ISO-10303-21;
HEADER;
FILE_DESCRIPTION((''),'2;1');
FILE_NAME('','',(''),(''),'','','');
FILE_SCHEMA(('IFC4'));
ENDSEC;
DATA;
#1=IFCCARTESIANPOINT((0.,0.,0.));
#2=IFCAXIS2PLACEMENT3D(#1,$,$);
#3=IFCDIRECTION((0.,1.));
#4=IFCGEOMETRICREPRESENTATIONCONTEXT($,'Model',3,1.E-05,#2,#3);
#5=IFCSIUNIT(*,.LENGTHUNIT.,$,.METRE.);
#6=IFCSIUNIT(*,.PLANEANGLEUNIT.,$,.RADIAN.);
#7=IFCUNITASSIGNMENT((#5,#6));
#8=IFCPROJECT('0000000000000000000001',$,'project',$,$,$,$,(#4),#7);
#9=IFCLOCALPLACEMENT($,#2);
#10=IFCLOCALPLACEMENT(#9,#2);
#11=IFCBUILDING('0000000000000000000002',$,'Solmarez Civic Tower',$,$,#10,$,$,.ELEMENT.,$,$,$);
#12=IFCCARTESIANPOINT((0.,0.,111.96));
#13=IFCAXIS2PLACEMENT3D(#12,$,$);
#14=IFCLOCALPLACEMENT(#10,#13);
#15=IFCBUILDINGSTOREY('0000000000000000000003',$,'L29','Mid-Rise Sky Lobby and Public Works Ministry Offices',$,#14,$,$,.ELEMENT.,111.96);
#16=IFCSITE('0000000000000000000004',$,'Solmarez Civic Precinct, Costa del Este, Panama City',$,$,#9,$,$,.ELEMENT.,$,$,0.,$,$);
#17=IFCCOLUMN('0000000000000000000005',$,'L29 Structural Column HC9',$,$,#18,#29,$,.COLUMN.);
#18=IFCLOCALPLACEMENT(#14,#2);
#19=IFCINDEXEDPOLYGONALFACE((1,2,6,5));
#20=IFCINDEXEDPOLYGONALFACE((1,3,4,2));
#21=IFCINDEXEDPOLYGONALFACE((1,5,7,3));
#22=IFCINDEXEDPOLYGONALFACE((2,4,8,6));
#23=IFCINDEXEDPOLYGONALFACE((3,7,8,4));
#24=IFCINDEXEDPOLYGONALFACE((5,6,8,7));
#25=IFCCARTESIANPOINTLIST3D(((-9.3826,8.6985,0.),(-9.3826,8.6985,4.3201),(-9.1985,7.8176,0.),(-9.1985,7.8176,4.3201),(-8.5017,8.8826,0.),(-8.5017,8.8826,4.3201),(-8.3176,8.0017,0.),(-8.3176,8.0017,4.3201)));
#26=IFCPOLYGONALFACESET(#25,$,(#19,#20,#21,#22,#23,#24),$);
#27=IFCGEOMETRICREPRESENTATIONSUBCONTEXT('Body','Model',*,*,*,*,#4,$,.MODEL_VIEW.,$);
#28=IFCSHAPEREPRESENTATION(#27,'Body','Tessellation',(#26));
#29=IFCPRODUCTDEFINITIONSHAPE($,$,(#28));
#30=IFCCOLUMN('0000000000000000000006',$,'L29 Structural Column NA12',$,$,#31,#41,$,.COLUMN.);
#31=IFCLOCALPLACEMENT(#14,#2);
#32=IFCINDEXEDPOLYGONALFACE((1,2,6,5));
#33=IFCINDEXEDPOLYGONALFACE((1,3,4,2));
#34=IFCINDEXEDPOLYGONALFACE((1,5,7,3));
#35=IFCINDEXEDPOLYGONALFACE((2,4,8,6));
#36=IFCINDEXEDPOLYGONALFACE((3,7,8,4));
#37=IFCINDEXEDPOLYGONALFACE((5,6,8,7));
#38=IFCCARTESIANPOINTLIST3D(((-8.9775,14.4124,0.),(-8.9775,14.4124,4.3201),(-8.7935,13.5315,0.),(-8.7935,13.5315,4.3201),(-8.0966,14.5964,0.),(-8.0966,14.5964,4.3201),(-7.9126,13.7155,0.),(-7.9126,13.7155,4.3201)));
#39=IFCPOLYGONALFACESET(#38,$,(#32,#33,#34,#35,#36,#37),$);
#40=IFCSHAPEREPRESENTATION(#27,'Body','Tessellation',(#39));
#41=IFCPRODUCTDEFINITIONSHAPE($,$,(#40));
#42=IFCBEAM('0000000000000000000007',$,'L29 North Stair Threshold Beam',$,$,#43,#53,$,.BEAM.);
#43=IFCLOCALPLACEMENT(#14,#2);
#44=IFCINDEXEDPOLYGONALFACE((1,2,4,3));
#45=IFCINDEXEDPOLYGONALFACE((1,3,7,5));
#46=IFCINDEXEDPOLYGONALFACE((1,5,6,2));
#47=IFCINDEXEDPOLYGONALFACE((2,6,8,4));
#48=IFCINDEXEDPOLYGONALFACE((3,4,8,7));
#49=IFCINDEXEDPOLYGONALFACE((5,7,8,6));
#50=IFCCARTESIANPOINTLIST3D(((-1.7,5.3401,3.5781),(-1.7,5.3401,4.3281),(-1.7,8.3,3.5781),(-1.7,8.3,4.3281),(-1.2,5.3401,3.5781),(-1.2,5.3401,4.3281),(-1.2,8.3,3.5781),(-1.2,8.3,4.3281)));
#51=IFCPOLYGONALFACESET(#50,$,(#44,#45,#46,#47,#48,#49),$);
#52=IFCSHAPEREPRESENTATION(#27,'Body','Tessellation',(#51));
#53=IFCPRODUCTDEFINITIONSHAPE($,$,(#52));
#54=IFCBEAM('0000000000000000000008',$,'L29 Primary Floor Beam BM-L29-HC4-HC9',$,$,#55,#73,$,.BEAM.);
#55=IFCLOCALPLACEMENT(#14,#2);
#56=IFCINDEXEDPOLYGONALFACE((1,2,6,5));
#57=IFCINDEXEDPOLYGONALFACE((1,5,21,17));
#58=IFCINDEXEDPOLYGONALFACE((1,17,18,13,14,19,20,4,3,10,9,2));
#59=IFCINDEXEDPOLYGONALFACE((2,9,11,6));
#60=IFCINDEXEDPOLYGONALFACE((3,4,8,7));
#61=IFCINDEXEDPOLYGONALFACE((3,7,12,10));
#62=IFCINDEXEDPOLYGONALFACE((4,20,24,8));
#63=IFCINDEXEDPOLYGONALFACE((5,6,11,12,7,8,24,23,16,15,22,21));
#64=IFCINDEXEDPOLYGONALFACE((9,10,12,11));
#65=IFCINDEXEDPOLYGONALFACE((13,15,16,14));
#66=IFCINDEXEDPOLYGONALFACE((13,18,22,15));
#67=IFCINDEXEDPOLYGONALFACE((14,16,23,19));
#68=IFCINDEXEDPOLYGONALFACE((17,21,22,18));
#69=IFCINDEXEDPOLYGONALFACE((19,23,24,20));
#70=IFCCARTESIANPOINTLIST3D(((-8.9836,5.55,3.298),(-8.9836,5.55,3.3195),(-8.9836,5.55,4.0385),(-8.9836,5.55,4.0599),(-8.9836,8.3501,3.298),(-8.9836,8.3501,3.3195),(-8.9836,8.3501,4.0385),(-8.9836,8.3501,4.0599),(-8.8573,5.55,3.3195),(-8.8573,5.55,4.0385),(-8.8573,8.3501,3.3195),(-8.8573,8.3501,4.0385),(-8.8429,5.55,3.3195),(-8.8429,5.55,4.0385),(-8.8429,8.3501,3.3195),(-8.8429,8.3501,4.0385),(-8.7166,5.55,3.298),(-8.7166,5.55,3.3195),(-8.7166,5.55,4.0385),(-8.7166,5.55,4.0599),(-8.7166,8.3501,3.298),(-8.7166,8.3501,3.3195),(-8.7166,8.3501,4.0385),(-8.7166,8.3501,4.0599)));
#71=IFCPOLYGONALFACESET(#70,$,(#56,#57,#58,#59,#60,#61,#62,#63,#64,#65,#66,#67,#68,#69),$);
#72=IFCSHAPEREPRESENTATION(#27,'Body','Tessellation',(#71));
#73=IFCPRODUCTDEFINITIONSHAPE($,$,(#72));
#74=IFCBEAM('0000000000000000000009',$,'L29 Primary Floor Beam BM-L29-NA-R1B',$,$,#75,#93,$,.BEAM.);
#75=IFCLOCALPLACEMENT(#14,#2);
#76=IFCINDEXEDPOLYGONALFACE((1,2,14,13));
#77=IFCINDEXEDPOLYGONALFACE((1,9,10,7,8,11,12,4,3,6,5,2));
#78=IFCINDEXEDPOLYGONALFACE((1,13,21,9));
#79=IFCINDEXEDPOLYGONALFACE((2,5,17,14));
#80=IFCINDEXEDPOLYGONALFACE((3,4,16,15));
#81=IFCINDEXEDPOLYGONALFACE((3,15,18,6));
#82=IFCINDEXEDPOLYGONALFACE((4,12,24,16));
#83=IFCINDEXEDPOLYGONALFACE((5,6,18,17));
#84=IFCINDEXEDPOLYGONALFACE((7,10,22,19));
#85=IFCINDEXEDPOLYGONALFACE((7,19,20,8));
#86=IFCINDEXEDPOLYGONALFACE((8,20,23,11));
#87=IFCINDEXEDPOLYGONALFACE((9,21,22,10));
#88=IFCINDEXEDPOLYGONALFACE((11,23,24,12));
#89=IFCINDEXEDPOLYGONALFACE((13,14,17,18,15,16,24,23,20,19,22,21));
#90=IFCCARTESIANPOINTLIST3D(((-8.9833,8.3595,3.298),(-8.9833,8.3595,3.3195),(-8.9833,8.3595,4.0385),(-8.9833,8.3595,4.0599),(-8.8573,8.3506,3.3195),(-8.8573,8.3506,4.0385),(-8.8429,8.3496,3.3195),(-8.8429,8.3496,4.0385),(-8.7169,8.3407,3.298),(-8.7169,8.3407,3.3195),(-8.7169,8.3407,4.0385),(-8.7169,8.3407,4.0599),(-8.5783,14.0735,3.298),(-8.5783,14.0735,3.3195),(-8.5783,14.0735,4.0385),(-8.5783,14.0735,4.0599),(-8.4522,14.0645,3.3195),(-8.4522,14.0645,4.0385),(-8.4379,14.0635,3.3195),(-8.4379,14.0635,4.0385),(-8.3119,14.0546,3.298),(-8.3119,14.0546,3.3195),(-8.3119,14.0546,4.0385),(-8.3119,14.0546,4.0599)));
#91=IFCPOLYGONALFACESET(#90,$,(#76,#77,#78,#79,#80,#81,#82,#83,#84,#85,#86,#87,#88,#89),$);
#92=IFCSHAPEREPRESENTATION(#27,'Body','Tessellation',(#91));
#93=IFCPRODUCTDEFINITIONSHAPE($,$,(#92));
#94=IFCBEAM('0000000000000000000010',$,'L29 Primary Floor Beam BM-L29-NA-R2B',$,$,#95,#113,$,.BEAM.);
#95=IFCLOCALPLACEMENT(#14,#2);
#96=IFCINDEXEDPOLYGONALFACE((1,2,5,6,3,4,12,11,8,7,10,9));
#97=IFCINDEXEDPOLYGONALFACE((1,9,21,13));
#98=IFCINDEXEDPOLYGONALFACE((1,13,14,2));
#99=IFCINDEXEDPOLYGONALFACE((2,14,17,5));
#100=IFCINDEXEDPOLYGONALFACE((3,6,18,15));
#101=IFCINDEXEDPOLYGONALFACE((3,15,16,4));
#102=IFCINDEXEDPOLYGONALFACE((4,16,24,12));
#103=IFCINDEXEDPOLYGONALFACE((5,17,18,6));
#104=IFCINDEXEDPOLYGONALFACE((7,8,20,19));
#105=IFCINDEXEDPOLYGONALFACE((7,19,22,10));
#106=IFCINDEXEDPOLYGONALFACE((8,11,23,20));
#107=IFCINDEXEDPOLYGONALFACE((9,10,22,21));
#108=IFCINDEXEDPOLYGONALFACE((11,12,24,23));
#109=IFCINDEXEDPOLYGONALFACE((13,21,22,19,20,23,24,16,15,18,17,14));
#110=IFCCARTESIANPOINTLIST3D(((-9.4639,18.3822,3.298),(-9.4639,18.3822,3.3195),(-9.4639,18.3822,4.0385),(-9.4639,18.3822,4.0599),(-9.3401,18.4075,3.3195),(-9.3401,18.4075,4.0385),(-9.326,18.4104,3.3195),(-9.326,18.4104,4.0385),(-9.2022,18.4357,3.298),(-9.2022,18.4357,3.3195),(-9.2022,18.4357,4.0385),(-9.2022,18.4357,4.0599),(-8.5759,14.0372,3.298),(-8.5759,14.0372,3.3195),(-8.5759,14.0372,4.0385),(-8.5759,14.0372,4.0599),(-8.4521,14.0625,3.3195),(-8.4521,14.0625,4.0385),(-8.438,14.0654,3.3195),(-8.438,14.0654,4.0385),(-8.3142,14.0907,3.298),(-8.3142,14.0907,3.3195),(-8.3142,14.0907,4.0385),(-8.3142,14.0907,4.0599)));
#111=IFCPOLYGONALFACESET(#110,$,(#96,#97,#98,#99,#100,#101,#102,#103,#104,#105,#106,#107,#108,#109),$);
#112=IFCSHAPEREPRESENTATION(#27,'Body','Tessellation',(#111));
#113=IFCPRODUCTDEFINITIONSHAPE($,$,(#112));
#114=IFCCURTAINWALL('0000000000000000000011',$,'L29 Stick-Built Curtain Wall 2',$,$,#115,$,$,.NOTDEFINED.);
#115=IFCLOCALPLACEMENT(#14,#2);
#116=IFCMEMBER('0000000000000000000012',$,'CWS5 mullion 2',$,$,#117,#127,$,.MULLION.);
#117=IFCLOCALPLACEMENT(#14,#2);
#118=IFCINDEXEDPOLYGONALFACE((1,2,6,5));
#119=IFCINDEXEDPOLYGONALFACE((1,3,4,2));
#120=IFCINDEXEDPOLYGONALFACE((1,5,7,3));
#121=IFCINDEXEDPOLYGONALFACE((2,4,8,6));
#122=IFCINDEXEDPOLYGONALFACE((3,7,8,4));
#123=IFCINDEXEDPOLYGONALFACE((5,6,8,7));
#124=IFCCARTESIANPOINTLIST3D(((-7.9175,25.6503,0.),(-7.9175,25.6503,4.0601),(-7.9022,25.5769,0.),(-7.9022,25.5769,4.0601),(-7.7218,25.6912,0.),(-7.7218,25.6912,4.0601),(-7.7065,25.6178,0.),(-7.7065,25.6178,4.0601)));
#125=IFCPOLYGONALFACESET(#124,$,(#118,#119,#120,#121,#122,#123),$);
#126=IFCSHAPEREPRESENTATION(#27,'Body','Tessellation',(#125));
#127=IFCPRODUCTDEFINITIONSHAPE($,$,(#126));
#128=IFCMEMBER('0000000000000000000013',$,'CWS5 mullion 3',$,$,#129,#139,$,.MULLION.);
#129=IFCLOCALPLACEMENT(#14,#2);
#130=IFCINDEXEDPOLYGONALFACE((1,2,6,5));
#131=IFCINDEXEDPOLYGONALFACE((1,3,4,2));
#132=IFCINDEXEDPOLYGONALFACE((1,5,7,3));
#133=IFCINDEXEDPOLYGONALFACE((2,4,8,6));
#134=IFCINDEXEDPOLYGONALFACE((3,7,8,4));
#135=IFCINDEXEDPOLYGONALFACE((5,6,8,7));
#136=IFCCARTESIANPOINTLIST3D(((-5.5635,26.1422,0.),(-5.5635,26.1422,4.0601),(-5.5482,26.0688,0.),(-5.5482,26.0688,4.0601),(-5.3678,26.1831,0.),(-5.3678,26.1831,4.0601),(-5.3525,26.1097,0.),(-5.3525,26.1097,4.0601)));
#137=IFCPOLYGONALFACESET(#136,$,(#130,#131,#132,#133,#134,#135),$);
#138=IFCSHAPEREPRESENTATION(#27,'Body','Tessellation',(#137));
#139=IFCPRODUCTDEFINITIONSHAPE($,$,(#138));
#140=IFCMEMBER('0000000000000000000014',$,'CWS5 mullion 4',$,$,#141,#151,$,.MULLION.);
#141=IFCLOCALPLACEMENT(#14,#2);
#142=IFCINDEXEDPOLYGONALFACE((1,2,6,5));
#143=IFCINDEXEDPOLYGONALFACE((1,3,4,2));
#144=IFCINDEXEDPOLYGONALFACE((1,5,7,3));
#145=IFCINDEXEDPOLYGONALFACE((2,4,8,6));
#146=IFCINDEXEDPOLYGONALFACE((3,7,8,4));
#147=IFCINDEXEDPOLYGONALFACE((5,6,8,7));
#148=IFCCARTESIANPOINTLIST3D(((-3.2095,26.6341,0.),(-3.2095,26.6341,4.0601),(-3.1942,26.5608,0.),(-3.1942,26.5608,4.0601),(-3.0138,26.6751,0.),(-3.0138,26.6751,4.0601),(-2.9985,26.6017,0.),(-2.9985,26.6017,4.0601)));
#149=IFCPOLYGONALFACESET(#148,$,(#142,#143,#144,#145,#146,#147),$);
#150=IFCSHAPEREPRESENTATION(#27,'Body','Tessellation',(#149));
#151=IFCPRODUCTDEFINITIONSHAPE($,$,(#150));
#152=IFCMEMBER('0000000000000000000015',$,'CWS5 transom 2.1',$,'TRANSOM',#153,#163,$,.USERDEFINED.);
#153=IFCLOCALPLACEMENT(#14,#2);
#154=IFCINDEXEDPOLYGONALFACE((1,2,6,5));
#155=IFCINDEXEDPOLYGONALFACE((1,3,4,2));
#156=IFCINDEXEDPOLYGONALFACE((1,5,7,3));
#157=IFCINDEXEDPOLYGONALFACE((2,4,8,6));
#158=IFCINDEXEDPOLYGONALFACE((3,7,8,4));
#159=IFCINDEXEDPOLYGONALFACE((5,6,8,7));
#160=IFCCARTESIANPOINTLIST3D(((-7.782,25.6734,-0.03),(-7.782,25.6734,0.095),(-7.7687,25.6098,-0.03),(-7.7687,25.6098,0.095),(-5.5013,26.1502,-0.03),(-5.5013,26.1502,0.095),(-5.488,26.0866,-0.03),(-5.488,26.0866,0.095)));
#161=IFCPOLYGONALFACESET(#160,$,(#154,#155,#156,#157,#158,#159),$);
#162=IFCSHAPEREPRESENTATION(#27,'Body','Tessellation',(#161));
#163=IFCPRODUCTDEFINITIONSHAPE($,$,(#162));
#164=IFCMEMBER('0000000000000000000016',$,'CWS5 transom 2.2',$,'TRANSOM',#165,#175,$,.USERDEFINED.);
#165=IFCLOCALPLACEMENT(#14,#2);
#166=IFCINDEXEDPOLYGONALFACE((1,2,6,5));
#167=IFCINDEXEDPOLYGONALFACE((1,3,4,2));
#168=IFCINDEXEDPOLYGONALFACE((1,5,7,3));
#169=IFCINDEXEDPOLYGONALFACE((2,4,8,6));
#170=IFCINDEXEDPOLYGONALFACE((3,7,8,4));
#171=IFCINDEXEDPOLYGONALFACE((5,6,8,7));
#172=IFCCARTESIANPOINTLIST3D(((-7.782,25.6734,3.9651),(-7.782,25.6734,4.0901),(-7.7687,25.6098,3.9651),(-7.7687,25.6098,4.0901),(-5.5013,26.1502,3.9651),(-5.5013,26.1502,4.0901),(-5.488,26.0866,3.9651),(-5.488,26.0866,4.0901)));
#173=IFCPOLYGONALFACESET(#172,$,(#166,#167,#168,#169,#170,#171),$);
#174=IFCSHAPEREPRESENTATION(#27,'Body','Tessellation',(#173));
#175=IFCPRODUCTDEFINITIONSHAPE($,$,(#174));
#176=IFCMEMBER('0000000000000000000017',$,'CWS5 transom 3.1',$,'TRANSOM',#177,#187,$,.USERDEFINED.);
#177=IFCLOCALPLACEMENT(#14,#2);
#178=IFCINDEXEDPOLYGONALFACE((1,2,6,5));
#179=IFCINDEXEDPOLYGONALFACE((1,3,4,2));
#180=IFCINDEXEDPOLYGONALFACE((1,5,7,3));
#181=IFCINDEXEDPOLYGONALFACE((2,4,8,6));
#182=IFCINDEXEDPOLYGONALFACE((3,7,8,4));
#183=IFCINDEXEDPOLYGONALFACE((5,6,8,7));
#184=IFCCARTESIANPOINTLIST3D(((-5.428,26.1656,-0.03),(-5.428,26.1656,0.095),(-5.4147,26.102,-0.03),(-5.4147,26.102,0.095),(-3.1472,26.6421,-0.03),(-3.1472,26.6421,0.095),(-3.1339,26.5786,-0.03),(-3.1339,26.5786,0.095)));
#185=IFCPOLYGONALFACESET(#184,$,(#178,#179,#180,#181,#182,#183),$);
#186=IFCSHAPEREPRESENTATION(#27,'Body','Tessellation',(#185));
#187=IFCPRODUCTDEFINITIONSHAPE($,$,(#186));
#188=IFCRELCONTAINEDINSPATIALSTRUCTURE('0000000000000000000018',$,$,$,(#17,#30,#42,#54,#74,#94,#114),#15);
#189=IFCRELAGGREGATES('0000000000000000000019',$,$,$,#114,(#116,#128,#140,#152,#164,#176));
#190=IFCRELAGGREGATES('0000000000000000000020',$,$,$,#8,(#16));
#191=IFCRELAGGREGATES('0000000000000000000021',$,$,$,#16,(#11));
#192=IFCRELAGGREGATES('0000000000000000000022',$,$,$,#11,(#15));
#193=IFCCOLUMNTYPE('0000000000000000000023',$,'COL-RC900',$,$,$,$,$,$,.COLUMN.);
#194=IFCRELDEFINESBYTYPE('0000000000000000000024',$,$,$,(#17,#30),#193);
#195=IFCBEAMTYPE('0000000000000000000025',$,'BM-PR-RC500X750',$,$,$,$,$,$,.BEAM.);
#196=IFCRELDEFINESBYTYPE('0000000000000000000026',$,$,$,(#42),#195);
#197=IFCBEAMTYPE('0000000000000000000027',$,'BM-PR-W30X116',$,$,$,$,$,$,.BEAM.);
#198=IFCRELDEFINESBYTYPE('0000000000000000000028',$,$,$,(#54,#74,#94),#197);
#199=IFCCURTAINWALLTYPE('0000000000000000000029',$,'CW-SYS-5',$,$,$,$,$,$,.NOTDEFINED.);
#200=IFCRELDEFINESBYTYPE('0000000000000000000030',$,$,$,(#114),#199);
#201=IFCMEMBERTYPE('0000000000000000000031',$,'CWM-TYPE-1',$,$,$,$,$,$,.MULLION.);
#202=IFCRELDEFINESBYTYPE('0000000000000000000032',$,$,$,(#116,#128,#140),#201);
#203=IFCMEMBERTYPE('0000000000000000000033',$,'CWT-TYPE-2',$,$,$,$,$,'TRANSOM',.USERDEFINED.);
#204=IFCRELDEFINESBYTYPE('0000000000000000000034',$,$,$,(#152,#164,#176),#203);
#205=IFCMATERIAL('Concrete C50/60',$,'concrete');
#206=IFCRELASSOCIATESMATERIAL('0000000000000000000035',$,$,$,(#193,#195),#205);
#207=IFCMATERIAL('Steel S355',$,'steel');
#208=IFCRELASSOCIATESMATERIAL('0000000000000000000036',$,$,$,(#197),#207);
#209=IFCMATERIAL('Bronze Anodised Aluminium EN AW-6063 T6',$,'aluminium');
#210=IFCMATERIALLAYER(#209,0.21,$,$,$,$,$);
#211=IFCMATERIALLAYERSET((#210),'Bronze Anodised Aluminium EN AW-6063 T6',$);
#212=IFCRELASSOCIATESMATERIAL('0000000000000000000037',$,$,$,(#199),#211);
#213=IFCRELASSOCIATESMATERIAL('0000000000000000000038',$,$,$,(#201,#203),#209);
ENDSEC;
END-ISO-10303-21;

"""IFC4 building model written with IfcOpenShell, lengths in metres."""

from ifc_helpers import new_model, si_unit, direction, frame, origin, origin_2d, place, context, subcontext, project, spatial, rectangle, i_section, extrude, material, layer, layer_set, material_profile, profile_set, type_object, element, aggregate, save


model = new_model("IFC4")

# Units and contexts
model_context = context("Model", 3, precision=1e-05, world=origin(), true_north=direction((0.0, 1.0)))
body_context = subcontext(model_context, "Body", "Model", "MODEL_VIEW")
ifc_project = project(units=[si_unit("LENGTHUNIT", "METRE"), si_unit("PLANEANGLEUNIT", "RADIAN")], contexts=[model_context])

# Site, building, storey
site_placement = place(None, origin())
site = spatial("IfcSite", under=ifc_project, at=site_placement, Name="Solmarez Civic Precinct, Costa del Este, Panama City", CompositionType="ELEMENT", RefElevation=0.0)
building_placement = place(site_placement, origin())
building = spatial("IfcBuilding", under=site, at=building_placement, Name="Solmarez Civic Tower", CompositionType="ELEMENT")
storey_placement = place(building_placement, frame((0.0, 0.0, 111.96)))
storey = spatial("IfcBuildingStorey", under=building, at=storey_placement, Name="L29", Description="Mid-Rise Sky Lobby and Public Works Ministry Offices", CompositionType="ELEMENT", Elevation=111.96)

# Columns
ifc_material_1 = material(Name="Concrete C50/60", Category="concrete")
ifc_material_profile_1 = material_profile(ifc_material_1, rectangle(XDim=0.8999, YDim=0.8999, at=origin_2d()), Name="RC900X900")
ifc_profile_set_1 = profile_set([ifc_material_profile_1], Name="Concrete C50/60")
column_type = type_object("IfcColumnType", Name="COL-RC900", PredefinedType="COLUMN", material=ifc_profile_set_1)
for number, where, z_axis, x_axis, name in (
    (1, (-8.8501, 8.3501, 0.0), (0.0, 0.0, 1.0), (0.978867, 0.204496, 0.0), "L29 Structural Column HC9"),
    (2, (-8.4451, 14.064, 0.0), (0.0, 0.0, 1.0), (0.978867, 0.204496, 0.0), "L29 Structural Column NA12"),
):
    element("IfcColumn", number, at=place(storey_placement, frame(where, z_axis=z_axis, x_axis=x_axis)), inside=storey, type_object=column_type, Name=name, PredefinedType="COLUMN", context=body_context, shape_type="SweptSolid", body=[
        extrude(rectangle(XDim=0.8999, YDim=0.8999, at=origin_2d()), origin(), (0.0, 0.0, 1.0), 4.3201),
    ])

# Beams
ifc_material_profile_2 = material_profile(ifc_material_1, rectangle(XDim=0.5, YDim=0.75, at=origin_2d()), Name="RC500X750")
ifc_profile_set_2 = profile_set([ifc_material_profile_2], Name="Concrete C50/60")
beam_type_1 = type_object("IfcBeamType", Name="BM-PR-RC500X750", PredefinedType="BEAM", material=ifc_profile_set_2)
beam_1_placement = place(storey_placement, frame((-1.45, 5.3401, 3.9531), z_axis=(0.0, 1.0, 0.0), x_axis=(-1.0, 0.0, 0.0)))
element("IfcBeam", 3, at=beam_1_placement, inside=storey, type_object=beam_type_1, Name="L29 North Stair Threshold Beam", PredefinedType="BEAM", context=body_context, shape_type="SweptSolid", body=[
    extrude(rectangle(XDim=0.5, YDim=0.75, at=origin_2d()), origin(), (0.0, 0.0, 1.0), 2.96),
])
ifc_material_2 = material(Name="Steel S355", Category="steel")
ifc_material_profile_3 = material_profile(ifc_material_2, i_section(OverallWidth=0.2671, OverallDepth=0.762, WebThickness=0.0144, FlangeThickness=0.0215, at=origin_2d()), Name="W30X116")
ifc_profile_set_3 = profile_set([ifc_material_profile_3], Name="Steel S355")
beam_type_2 = type_object("IfcBeamType", Name="BM-PR-W30X116", PredefinedType="BEAM", material=ifc_profile_set_3)
beam_2_placement = place(storey_placement, frame((-8.8501, 5.55, 3.679), z_axis=(0.0, 1.0, 0.0), x_axis=(-1.0, 0.0, 0.0)))
element("IfcBeam", 4, at=beam_2_placement, inside=storey, type_object=beam_type_2, Name="L29 Primary Floor Beam BM-L29-HC4-HC9", PredefinedType="BEAM", context=body_context, shape_type="SweptSolid", body=[
    extrude(i_section(OverallWidth=0.2671, OverallDepth=0.762, WebThickness=0.0144, FlangeThickness=0.0215, at=origin_2d()), origin(), (0.0, 0.0, 1.0), 2.8),
])
beam_3_placement = place(storey_placement, frame((-8.8501, 8.3501, 3.679), z_axis=(0.070708, 0.997497, 0.0), x_axis=(-0.997497, 0.070708, 0.0)))
element("IfcBeam", 5, at=beam_3_placement, inside=storey, type_object=beam_type_2, Name="L29 Primary Floor Beam BM-L29-NA-R1B", PredefinedType="BEAM", context=body_context, shape_type="SweptSolid", body=[
    extrude(i_section(OverallWidth=0.2671, OverallDepth=0.762, WebThickness=0.0144, FlangeThickness=0.0215, at=origin_2d()), origin(), (0.0, 0.0, 1.0), 5.7283),
])
beam_4_placement = place(storey_placement, frame((-8.4451, 14.064, 3.679), z_axis=(-0.200222, 0.979751, 0.0), x_axis=(-0.979751, -0.200222, 0.0)))
element("IfcBeam", 6, at=beam_4_placement, inside=storey, type_object=beam_type_2, Name="L29 Primary Floor Beam BM-L29-NA-R2B", PredefinedType="BEAM", context=body_context, shape_type="SweptSolid", body=[
    extrude(i_section(OverallWidth=0.2671, OverallDepth=0.762, WebThickness=0.0144, FlangeThickness=0.0215, at=origin_2d()), origin(), (0.0, 0.0, 1.0), 4.4348),
])

# Curtain wall, members
ifc_material_3 = material(Name="Bronze Anodised Aluminium EN AW-6063 T6", Category="aluminium")
ifc_layer_1 = layer(ifc_material_3, 0.21)
ifc_layer_set_1 = layer_set([ifc_layer_1], Name="Bronze Anodised Aluminium EN AW-6063 T6")
curtain_wall_type = type_object("IfcCurtainWallType", Name="CW-SYS-5", PredefinedType="NOTDEFINED", material=ifc_layer_set_1)
curtain_wall_placement = place(storey_placement, origin())
curtain_wall = element("IfcCurtainWall", 7, at=curtain_wall_placement, inside=storey, type_object=curtain_wall_type, Name="L29 Stick-Built Curtain Wall 2", PredefinedType="NOTDEFINED")
ifc_material_profile_4 = material_profile(ifc_material_3, rectangle(XDim=0.075, YDim=0.2, at=origin_2d()), Name="CWM-75X200")
ifc_profile_set_4 = profile_set([ifc_material_profile_4], Name="Bronze Anodised Aluminium EN AW-6063 T6")
member_type_1 = type_object("IfcMemberType", Name="CWM-TYPE-1", PredefinedType="MULLION", material=ifc_profile_set_4)
member_1_placement = place(storey_placement, frame((-7.812, 25.634, 0.0), z_axis=(0.0, 0.0, 1.0), x_axis=(-0.204585, 0.978849, 0.0)))
member_1 = element("IfcMember", 8, at=member_1_placement, type_object=member_type_1, Name="CWS5 mullion 2", PredefinedType="MULLION", context=body_context, shape_type="SweptSolid", body=[
    extrude(rectangle(XDim=0.075, YDim=0.2, at=origin_2d()), origin(), (0.0, 0.0, 1.0), 4.0601),
])
member_2_placement = place(storey_placement, frame((-5.458, 26.126, 0.0), z_axis=(0.0, 0.0, 1.0), x_axis=(-0.204585, 0.978849, 0.0)))
member_2 = element("IfcMember", 9, at=member_2_placement, type_object=member_type_1, Name="CWS5 mullion 3", PredefinedType="MULLION", context=body_context, shape_type="SweptSolid", body=[
    extrude(rectangle(XDim=0.075, YDim=0.2, at=origin_2d()), origin(), (0.0, 0.0, 1.0), 4.0601),
])
member_3_placement = place(storey_placement, frame((-3.104, 26.6179, 0.0), z_axis=(0.0, 0.0, 1.0), x_axis=(-0.204585, 0.978849, 0.0)))
member_3 = element("IfcMember", 10, at=member_3_placement, type_object=member_type_1, Name="CWS5 mullion 4", PredefinedType="MULLION", context=body_context, shape_type="SweptSolid", body=[
    extrude(rectangle(XDim=0.075, YDim=0.2, at=origin_2d()), origin(), (0.0, 0.0, 1.0), 4.0601),
])
ifc_material_profile_5 = material_profile(ifc_material_3, rectangle(XDim=0.0649, YDim=0.125, at=origin_2d()), Name="CWT-65X125")
ifc_profile_set_5 = profile_set([ifc_material_profile_5], Name="Bronze Anodised Aluminium EN AW-6063 T6")
member_type_2 = type_object("IfcMemberType", Name="CWT-TYPE-2", ElementType="TRANSOM", PredefinedType="USERDEFINED", material=ifc_profile_set_5)
member_4_placement = place(storey_placement, frame((-7.7754, 25.6416, 0.0325), z_axis=(0.978839, 0.204632, 0.0), x_axis=(-0.204632, 0.978839, 0.0)))
member_4 = element("IfcMember", 11, at=member_4_placement, type_object=member_type_2, Name="CWS5 transom 2.1", ObjectType="TRANSOM", PredefinedType="USERDEFINED", context=body_context, shape_type="SweptSolid", body=[
    extrude(rectangle(XDim=0.0649, YDim=0.125, at=origin_2d()), origin(), (0.0, 0.0, 1.0), 2.3301),
])
member_5_placement = place(storey_placement, frame((-7.7754, 25.6416, 4.0276), z_axis=(0.978839, 0.204632, 0.0), x_axis=(-0.204632, 0.978839, 0.0)))
member_5 = element("IfcMember", 12, at=member_5_placement, type_object=member_type_2, Name="CWS5 transom 2.2", ObjectType="TRANSOM", PredefinedType="USERDEFINED", context=body_context, shape_type="SweptSolid", body=[
    extrude(rectangle(XDim=0.0649, YDim=0.125, at=origin_2d()), origin(), (0.0, 0.0, 1.0), 2.3301),
])
member_6_placement = place(storey_placement, frame((-5.4214, 26.1338, 0.0325), z_axis=(0.97886, 0.204532, 0.0), x_axis=(-0.204532, 0.97886, 0.0)))
member_6 = element("IfcMember", 13, at=member_6_placement, type_object=member_type_2, Name="CWS5 transom 3.1", ObjectType="TRANSOM", PredefinedType="USERDEFINED", context=body_context, shape_type="SweptSolid", body=[
    extrude(rectangle(XDim=0.0649, YDim=0.125, at=origin_2d()), origin(), (0.0, 0.0, 1.0), 2.3301),
])
aggregate(curtain_wall, [member_1, member_2, member_3, member_4, member_5, member_6])

save(model, "model.ifc")
